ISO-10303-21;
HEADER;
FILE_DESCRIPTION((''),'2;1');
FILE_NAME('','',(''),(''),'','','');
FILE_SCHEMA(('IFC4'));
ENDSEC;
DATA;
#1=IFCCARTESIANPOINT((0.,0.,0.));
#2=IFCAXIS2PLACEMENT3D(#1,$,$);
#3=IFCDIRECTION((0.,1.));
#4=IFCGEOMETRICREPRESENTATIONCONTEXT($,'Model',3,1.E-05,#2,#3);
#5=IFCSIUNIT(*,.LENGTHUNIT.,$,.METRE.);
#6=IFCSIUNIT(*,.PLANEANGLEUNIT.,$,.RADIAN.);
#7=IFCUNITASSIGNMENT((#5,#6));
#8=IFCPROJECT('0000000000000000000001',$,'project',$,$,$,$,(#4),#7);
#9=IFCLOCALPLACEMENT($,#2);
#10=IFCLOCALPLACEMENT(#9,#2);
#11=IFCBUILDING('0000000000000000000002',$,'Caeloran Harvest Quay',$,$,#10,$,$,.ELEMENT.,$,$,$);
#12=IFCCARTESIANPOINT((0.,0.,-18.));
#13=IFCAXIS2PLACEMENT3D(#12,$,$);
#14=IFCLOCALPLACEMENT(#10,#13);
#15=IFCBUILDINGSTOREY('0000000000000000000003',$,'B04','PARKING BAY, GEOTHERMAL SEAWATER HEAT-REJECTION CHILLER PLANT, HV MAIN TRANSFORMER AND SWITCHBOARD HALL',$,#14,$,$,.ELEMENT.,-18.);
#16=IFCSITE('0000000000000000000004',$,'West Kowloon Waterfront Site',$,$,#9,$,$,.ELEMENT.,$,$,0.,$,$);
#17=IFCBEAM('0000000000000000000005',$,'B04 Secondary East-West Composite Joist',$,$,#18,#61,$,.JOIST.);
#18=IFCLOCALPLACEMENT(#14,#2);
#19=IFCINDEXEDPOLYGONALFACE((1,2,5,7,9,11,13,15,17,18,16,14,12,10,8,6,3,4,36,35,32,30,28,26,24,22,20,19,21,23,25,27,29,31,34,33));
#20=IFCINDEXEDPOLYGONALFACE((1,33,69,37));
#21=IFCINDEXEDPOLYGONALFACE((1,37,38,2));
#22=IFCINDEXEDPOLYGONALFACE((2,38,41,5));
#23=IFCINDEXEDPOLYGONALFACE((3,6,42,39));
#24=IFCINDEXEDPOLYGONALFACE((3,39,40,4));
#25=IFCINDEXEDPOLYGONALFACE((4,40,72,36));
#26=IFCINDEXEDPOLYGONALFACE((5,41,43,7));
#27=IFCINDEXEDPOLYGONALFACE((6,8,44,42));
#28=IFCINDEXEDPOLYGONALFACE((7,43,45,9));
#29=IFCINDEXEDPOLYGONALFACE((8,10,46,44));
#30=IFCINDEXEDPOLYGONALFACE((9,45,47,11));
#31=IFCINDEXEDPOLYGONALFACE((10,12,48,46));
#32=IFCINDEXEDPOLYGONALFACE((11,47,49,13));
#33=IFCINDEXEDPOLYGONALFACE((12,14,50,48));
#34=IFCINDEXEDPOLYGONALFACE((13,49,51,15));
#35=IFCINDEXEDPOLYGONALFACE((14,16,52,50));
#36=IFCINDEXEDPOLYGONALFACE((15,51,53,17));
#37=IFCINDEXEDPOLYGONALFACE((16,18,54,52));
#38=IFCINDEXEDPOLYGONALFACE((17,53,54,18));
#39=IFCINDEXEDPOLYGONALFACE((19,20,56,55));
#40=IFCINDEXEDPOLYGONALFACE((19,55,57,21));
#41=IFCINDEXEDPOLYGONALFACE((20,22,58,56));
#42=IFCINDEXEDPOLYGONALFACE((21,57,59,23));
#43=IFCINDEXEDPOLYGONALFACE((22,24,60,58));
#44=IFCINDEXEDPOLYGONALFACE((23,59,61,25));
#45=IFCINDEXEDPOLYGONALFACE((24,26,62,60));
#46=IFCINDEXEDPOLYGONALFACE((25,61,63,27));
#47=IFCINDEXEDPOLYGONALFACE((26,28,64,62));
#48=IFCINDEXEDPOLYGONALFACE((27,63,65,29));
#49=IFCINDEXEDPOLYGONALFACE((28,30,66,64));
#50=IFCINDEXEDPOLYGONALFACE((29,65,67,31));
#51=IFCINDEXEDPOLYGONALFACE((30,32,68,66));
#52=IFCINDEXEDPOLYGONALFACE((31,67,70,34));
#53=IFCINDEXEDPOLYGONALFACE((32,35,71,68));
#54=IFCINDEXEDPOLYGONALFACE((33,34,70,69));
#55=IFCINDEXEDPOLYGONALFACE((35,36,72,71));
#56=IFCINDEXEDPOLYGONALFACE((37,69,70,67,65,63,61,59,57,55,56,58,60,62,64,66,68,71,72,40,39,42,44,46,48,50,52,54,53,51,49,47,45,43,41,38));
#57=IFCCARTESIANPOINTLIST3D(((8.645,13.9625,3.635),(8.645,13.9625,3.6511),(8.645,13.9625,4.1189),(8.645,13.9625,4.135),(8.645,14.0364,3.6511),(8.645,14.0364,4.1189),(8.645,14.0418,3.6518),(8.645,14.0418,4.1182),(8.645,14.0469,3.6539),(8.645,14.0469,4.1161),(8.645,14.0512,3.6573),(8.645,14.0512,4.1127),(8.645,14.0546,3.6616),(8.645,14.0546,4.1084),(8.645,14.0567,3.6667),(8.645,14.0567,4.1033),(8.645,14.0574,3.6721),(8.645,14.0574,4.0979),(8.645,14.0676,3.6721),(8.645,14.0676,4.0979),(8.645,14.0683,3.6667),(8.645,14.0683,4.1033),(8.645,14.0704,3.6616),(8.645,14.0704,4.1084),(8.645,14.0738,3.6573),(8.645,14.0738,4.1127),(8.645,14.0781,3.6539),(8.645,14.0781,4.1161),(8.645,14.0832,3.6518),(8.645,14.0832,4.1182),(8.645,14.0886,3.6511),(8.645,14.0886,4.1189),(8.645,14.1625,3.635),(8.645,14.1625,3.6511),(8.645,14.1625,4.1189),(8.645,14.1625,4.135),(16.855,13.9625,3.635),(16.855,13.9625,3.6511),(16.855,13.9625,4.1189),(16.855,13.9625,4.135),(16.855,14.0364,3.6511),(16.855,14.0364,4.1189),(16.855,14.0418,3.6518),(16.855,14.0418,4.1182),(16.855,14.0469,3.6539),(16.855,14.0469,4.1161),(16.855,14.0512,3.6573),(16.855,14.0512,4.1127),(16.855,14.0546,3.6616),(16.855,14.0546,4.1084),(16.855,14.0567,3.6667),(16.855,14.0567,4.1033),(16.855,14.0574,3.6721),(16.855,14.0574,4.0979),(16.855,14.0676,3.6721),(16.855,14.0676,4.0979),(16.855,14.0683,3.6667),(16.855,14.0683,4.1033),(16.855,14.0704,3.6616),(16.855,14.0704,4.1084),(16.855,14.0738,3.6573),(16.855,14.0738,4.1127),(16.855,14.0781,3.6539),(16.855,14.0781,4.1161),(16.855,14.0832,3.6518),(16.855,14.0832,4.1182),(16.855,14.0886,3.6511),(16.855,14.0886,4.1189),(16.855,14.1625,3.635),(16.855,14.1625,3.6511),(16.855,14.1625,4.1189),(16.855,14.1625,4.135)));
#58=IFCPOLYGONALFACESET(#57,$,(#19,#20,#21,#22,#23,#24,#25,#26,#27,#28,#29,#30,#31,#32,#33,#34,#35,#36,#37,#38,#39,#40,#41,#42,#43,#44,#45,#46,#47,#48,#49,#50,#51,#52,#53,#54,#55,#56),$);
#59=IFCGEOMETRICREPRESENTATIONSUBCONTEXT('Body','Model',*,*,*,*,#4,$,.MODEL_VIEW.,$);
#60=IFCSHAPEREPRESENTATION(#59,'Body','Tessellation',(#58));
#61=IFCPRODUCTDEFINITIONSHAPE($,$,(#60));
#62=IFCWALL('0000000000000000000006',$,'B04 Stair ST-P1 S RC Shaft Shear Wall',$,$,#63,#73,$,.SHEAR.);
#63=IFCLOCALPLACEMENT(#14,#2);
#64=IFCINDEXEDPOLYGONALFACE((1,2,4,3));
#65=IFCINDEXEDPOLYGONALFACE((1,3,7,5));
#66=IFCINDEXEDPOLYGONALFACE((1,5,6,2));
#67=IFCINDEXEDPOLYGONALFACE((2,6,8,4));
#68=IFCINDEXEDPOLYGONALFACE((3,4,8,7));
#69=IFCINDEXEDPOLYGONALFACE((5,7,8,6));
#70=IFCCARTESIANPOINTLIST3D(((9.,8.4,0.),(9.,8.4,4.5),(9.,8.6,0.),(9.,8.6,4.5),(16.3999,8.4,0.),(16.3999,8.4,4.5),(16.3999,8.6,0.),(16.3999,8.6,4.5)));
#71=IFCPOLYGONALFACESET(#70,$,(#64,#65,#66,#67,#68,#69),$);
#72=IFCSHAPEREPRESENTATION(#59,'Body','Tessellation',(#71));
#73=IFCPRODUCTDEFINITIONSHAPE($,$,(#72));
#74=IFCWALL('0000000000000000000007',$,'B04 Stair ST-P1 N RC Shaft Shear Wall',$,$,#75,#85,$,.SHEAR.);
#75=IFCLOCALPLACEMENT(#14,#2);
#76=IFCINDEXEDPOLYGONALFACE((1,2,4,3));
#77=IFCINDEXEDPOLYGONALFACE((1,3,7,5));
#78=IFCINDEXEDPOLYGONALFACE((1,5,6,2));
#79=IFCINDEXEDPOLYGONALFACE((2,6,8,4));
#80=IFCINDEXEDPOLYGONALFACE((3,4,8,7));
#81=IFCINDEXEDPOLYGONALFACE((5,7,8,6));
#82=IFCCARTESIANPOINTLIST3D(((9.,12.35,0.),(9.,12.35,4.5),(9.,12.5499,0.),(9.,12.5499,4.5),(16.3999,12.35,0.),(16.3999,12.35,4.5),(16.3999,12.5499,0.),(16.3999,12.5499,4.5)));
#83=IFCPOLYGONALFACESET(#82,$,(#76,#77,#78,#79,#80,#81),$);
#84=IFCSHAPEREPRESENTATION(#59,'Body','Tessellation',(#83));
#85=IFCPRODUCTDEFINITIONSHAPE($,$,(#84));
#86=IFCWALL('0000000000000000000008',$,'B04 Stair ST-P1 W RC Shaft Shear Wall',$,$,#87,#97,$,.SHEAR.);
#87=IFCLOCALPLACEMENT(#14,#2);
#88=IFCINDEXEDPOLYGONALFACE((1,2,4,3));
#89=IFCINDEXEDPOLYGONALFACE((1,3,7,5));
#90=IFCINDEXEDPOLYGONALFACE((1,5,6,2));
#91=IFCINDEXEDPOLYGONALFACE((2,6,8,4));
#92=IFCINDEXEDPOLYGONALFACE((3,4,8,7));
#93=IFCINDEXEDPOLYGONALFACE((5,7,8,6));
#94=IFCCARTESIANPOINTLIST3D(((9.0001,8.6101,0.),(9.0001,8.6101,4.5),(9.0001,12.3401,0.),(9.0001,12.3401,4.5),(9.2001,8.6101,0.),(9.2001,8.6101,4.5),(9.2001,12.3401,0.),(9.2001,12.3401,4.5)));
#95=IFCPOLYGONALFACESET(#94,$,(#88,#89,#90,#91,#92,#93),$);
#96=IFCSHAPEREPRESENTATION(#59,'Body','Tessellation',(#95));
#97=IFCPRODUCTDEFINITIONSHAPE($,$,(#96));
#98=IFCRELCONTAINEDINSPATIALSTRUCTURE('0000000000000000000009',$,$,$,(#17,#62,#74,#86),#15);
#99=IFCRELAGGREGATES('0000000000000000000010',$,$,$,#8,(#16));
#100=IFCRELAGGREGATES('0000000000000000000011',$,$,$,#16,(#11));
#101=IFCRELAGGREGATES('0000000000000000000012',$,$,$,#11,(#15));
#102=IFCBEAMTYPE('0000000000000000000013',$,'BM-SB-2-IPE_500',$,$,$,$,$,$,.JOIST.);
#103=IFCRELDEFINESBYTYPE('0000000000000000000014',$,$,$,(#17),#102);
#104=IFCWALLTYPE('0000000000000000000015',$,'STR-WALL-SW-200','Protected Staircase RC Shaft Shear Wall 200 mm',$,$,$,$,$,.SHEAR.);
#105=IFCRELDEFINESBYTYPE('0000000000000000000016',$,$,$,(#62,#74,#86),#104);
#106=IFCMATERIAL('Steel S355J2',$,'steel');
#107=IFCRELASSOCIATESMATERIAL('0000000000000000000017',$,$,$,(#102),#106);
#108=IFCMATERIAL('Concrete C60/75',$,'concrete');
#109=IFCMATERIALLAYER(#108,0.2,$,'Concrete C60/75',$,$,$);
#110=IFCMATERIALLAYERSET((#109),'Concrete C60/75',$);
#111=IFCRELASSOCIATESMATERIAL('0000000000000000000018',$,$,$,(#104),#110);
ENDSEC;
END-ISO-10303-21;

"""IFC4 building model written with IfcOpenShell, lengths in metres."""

from ifc_helpers import new_model, si_unit, direction, frame, frame_2d, origin, origin_2d, place, context, subcontext, project, spatial, rectangle, i_section, extrude, material, layer, layer_set, material_profile, profile_set, type_object, element, save


model = new_model("IFC4")

# Units and contexts
model_context = context("Model", 3, precision=1e-05, world=origin(), true_north=direction((0.0, 1.0)))
body_context = subcontext(model_context, "Body", "Model", "MODEL_VIEW")
ifc_project = project(units=[si_unit("LENGTHUNIT", "METRE"), si_unit("PLANEANGLEUNIT", "RADIAN")], contexts=[model_context])

# Site, building, storey
site_placement = place(None, origin())
site = spatial("IfcSite", under=ifc_project, at=site_placement, Name="West Kowloon Waterfront Site", CompositionType="ELEMENT", RefElevation=0.0)
building_placement = place(site_placement, origin())
building = spatial("IfcBuilding", under=site, at=building_placement, Name="Caeloran Harvest Quay", CompositionType="ELEMENT")
storey_placement = place(building_placement, frame((0.0, 0.0, -18.0)))
storey = spatial("IfcBuildingStorey", under=building, at=storey_placement, Name="B04", Description="PARKING BAY, GEOTHERMAL SEAWATER HEAT-REJECTION CHILLER PLANT, HV MAIN TRANSFORMER AND SWITCHBOARD HALL", CompositionType="ELEMENT", Elevation=-18.0)

# Shared definitions
ifc_material_1 = material(Name="Concrete C60/75", Category="concrete")

# Beam
ifc_material_2 = material(Name="Steel S355J2", Category="steel")
ifc_material_profile_1 = material_profile(ifc_material_2, i_section(OverallWidth=0.2, OverallDepth=0.5, WebThickness=0.0103, FlangeThickness=0.0161, FilletRadius=0.021, at=origin_2d()), Name="IPE 500")
ifc_profile_set_1 = profile_set([ifc_material_profile_1], Name="Steel S355J2")
beam_type_1 = type_object("IfcBeamType", Name="BM-SB-2-IPE_500", PredefinedType="JOIST", material=ifc_profile_set_1)
for number, where, z_axis, x_axis, name in (
    (1, (8.645, 14.0625, 3.885), (1.0, 0.0, 0.0), (0.0, 1.0, 0.0), "B04 Secondary East-West Composite Joist"),
):
    element("IfcBeam", number, at=place(storey_placement, frame(where, z_axis=z_axis, x_axis=x_axis)), inside=storey, type_object=beam_type_1, Name=name, PredefinedType="JOIST", context=body_context, shape_type="SweptSolid", body=[
        extrude(i_section(OverallWidth=0.2, OverallDepth=0.5, WebThickness=0.0103, FlangeThickness=0.0161, FilletRadius=0.021, at=origin_2d()), origin(), (0.0, 0.0, 1.0), 8.21),
    ])

# Walls
ifc_layer = layer(ifc_material_1, 0.2, Name="Concrete C60/75")
ifc_layer_set = layer_set([ifc_layer], Name="Concrete C60/75")
wall_type = type_object("IfcWallType", Name="STR-WALL-SW-200", Description="Protected Staircase RC Shaft Shear Wall 200 mm", PredefinedType="SHEAR", material=ifc_layer_set)
for number, where, z_axis, x_axis, name in (
    (2, (9.0, 8.5, 0.0), (0.0, 0.0, 1.0), (1.0, 0.0, 0.0), "B04 Stair ST-P1 S RC Shaft Shear Wall"),
    (3, (9.0, 12.45, 0.0), (0.0, 0.0, 1.0), (1.0, 0.0, 0.0), "B04 Stair ST-P1 N RC Shaft Shear Wall"),
):
    element("IfcWall", number, at=place(storey_placement, frame(where, z_axis=z_axis, x_axis=x_axis)), inside=storey, type_object=wall_type, Name=name, PredefinedType="SHEAR", context=body_context, shape_type="SweptSolid", body=[
        extrude(rectangle(XDim=7.3999, YDim=0.2, at=frame_2d((3.7, 0.0))), origin(), (0.0, 0.0, 1.0), 4.5),
    ])
wall_placement = place(storey_placement, frame((9.1001, 8.6101, 0.0), z_axis=(0.0, 0.0, 1.0), x_axis=(0.0, 1.0, 0.0)))
element("IfcWall", 4, at=wall_placement, inside=storey, type_object=wall_type, Name="B04 Stair ST-P1 W RC Shaft Shear Wall", PredefinedType="SHEAR", context=body_context, shape_type="SweptSolid", body=[
    extrude(rectangle(XDim=3.73, YDim=0.2, at=frame_2d((1.865, 0.0))), origin(), (0.0, 0.0, 1.0), 4.5),
])

save(model, "model.ifc")
